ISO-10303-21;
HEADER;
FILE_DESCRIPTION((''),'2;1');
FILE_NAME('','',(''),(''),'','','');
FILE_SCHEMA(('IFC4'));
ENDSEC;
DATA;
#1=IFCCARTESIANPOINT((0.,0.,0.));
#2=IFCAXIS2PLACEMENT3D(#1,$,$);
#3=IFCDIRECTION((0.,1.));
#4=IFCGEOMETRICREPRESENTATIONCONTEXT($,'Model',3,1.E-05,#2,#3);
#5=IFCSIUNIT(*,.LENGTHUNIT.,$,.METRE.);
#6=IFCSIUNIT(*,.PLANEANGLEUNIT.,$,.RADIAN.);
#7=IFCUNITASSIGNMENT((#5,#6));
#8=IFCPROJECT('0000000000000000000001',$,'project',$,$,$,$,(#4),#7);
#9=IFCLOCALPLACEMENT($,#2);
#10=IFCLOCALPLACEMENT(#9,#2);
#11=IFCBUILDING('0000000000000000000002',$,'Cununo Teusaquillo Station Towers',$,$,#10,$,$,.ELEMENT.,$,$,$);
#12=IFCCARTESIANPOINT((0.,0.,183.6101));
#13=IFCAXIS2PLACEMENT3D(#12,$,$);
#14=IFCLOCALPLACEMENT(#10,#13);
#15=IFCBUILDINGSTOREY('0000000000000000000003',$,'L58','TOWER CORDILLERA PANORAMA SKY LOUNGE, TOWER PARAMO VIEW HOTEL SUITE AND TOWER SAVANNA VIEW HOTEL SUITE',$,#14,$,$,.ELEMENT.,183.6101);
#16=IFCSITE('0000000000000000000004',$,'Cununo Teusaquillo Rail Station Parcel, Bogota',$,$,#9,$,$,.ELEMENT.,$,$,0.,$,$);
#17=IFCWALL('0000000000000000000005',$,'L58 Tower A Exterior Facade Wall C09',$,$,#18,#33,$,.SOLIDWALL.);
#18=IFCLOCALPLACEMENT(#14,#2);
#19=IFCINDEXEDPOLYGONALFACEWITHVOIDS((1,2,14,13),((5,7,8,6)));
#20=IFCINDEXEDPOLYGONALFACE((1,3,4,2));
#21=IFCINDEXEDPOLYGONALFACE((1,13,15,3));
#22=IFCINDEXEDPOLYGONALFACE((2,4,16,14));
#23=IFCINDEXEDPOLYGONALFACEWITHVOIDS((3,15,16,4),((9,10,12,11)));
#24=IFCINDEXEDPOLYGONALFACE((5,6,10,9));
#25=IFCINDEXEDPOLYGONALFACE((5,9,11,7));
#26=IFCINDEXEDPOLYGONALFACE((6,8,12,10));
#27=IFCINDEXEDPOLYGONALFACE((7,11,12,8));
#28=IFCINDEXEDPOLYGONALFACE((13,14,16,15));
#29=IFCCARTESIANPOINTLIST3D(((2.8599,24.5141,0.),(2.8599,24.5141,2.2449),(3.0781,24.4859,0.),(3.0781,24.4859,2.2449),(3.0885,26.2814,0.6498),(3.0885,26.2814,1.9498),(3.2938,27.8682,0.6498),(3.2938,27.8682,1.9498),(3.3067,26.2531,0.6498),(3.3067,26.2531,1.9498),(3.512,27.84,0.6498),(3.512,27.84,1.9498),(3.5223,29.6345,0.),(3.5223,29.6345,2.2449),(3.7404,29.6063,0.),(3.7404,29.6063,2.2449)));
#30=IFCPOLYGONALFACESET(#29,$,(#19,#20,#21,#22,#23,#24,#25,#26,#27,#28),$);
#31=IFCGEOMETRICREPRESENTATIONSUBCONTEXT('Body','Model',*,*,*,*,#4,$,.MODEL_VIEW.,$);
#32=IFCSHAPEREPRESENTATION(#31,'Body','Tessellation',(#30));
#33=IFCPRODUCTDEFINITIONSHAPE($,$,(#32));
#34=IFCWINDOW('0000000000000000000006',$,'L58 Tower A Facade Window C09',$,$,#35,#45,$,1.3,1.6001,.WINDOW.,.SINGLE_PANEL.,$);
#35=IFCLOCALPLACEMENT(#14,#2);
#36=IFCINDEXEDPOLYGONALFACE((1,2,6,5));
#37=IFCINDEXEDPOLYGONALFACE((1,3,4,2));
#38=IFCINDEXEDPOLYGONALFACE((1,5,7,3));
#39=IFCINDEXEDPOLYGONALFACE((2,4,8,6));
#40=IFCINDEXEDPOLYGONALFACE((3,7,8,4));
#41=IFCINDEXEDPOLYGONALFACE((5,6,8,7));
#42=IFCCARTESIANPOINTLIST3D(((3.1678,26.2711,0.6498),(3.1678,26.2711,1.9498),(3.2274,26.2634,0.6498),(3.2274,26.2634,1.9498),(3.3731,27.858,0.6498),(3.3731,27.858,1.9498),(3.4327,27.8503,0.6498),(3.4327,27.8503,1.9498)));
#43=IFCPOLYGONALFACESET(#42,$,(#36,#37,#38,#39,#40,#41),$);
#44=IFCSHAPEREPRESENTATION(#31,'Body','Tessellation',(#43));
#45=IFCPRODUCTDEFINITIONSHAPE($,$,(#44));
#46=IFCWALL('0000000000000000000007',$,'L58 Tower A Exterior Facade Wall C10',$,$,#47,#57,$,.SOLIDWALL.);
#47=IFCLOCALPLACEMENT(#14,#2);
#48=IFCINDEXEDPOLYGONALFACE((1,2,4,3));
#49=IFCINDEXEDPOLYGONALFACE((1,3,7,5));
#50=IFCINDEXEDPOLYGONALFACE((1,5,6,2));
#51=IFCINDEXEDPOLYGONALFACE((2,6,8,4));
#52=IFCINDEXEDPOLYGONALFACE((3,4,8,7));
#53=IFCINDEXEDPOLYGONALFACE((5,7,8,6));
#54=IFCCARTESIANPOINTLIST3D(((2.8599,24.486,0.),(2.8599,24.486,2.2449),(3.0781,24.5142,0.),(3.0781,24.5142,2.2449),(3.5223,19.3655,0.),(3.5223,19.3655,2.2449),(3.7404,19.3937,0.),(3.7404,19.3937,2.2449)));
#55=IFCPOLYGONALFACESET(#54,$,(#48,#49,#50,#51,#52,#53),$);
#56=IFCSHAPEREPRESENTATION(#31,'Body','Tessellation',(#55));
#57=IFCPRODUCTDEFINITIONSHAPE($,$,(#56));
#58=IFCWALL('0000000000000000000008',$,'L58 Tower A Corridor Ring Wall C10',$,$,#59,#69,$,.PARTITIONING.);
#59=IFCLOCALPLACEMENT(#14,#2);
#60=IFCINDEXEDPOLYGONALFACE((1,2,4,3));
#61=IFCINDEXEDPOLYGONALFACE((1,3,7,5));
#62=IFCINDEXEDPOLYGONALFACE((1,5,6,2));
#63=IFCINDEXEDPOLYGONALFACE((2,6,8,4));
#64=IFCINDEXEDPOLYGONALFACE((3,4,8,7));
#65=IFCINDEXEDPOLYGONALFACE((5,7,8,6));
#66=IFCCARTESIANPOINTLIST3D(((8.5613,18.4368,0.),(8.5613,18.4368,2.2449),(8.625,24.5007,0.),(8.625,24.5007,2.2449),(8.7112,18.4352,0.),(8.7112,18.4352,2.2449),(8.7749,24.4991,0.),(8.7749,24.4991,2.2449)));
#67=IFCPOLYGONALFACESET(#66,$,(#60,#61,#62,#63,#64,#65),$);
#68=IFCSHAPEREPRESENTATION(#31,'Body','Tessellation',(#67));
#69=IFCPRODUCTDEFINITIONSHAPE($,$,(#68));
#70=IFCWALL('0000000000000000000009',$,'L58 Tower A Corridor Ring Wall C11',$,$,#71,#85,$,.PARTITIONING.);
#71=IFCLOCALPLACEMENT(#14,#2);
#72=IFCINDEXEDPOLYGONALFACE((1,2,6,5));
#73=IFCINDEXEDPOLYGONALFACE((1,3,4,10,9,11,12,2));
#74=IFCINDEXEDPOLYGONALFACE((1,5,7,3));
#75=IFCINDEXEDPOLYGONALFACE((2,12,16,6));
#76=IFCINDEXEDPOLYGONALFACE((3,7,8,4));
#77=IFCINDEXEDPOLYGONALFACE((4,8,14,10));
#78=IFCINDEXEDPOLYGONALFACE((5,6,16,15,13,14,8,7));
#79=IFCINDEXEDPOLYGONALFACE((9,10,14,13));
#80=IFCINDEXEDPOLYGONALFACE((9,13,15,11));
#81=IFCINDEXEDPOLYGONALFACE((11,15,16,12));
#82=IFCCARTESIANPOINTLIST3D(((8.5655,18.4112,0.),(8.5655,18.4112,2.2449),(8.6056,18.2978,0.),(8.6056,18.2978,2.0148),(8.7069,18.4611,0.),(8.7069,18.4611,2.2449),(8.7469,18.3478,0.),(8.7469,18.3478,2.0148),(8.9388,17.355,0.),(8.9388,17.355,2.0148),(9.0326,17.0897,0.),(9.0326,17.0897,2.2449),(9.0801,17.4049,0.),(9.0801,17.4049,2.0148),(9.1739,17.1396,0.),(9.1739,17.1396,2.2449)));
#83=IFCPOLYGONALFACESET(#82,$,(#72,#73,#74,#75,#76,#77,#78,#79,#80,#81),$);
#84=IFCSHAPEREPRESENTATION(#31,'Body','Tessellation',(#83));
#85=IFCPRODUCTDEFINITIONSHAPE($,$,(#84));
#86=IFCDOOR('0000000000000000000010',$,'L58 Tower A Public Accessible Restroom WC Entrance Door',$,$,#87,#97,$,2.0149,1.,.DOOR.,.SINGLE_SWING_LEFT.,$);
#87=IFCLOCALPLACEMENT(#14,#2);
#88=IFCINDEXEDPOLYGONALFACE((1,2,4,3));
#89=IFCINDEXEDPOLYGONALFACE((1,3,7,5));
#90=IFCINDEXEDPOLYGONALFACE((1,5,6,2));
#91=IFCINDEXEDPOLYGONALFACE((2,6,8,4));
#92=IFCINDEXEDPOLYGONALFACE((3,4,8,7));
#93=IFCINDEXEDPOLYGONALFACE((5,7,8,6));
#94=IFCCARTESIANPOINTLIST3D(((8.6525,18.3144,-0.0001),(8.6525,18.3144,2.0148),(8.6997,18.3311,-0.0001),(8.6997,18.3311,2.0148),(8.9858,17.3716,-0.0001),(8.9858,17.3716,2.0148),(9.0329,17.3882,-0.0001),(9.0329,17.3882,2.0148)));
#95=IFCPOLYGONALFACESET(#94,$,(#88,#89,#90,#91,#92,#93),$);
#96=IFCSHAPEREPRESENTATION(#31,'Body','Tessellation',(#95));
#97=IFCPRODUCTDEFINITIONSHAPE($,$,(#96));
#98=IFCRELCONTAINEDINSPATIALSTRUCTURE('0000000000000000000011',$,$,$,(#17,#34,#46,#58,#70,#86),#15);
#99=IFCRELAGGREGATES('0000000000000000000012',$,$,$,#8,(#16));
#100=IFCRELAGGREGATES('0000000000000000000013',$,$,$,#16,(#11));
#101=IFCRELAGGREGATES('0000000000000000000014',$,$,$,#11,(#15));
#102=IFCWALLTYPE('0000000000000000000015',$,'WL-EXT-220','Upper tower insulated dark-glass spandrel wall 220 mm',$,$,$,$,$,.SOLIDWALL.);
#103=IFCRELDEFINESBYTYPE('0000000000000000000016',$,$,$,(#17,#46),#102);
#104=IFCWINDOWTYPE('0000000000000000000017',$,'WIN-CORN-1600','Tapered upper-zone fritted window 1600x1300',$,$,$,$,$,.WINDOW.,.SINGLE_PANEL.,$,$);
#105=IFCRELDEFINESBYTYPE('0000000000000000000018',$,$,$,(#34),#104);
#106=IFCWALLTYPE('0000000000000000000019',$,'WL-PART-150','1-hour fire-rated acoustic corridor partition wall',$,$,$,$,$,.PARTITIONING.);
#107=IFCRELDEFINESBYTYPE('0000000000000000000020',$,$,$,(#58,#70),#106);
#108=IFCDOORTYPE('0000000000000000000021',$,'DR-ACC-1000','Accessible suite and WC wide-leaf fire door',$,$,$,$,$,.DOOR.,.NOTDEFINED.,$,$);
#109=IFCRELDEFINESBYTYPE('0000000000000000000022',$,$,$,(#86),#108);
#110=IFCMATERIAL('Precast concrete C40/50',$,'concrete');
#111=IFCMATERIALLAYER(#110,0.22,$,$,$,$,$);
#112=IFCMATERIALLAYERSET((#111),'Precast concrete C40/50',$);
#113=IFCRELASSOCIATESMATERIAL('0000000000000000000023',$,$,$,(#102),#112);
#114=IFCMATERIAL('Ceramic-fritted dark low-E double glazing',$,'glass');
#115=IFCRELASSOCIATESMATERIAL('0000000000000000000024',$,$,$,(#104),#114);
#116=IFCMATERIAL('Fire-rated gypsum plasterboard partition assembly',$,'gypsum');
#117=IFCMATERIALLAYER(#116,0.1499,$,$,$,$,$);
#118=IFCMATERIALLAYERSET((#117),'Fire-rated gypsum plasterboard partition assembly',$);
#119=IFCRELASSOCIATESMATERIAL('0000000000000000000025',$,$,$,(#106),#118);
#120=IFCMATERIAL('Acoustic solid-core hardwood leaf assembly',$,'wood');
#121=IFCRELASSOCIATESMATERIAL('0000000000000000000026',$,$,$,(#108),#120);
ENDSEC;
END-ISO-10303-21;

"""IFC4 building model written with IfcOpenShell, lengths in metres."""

from ifc_helpers import new_model, si_unit, direction, frame, frame_2d, origin, place, context, subcontext, project, spatial, rectangle, extrude, source, transform, mapped, material, layer, layer_set, type_object, element, fill, save


model = new_model("IFC4")

# Units and contexts
model_context = context("Model", 3, precision=1e-05, world=origin(), true_north=direction((0.0, 1.0)))
body_context = subcontext(model_context, "Body", "Model", "MODEL_VIEW")
ifc_project = project(units=[si_unit("LENGTHUNIT", "METRE"), si_unit("PLANEANGLEUNIT", "RADIAN")], contexts=[model_context])

# Site, building, storey
site_placement = place(None, origin())
site = spatial("IfcSite", under=ifc_project, at=site_placement, Name="Cununo Teusaquillo Rail Station Parcel, Bogota", CompositionType="ELEMENT", RefElevation=0.0)
building_placement = place(site_placement, origin())
building = spatial("IfcBuilding", under=site, at=building_placement, Name="Cununo Teusaquillo Station Towers", CompositionType="ELEMENT")
storey_placement = place(building_placement, frame((0.0, 0.0, 183.6101)))
storey = spatial("IfcBuildingStorey", under=building, at=storey_placement, Name="L58", Description="TOWER CORDILLERA PANORAMA SKY LOUNGE, TOWER PARAMO VIEW HOTEL SUITE AND TOWER SAVANNA VIEW HOTEL SUITE", CompositionType="ELEMENT", Elevation=183.6101)

# Wall, opening, window
ifc_material_1 = material(Name="Precast concrete C40/50", Category="concrete")
ifc_layer_1 = layer(ifc_material_1, 0.22)
ifc_layer_set_1 = layer_set([ifc_layer_1], Name="Precast concrete C40/50")
wall_type_1 = type_object("IfcWallType", Name="WL-EXT-220", Description="Upper tower insulated dark-glass spandrel wall 220 mm", PredefinedType="SOLIDWALL", material=ifc_layer_set_1)
wall_1_placement = place(storey_placement, frame((2.969, 24.5, 0.0), z_axis=(0.0, 0.0, 1.0), x_axis=(0.128288, 0.991737, 0.0)))
wall_1 = element("IfcWall", 1, at=wall_1_placement, inside=storey, type_object=wall_type_1, Name="L58 Tower A Exterior Facade Wall C09", PredefinedType="SOLIDWALL", context=body_context, shape_type="SweptSolid", body=[
    extrude(rectangle(XDim=5.1631, YDim=0.22, at=frame_2d((2.5815, 0.0))), origin(), (0.0, 0.0, 1.0), 2.2449),
])
shared_shape_1 = source(origin(), body_context, "Body", "SweptSolid", [
    extrude(rectangle(XDim=1.6001, YDim=1.3, at=frame_2d((0.8, 0.6499))), frame((0.0, 0.1199, 0.0), z_axis=(0.0, -1.0, 0.0), x_axis=(1.0, 0.0, 0.0)), (0.0, 0.0, 1.0), 0.24),
])
opening_1_placement = place(wall_1_placement, frame((1.782, 0.0, 0.6499)))
opening_1 = element("IfcOpeningElement", 2, at=opening_1_placement, cuts=wall_1, PredefinedType="OPENING", context=body_context, shape_type="MappedRepresentation", body=[
    mapped(shared_shape_1, transform((0.0, 0.0, 0.0), x_axis=(1.0, 0.0, 0.0), y_axis=(0.0, 1.0, 0.0), z_axis=(0.0, 0.0, 1.0), scale=1.0)),
])
ifc_material_2 = material(Name="Ceramic-fritted dark low-E double glazing", Category="glass")
window_type = type_object("IfcWindowType", Name="WIN-CORN-1600", Description="Tapered upper-zone fritted window 1600x1300", PartitioningType="SINGLE_PANEL", PredefinedType="WINDOW", material=ifc_material_2)
shared_shape_2 = source(origin(), body_context, "Body", "SweptSolid", [
    extrude(rectangle(XDim=1.6001, YDim=1.3, at=frame_2d((0.8, 0.6499))), frame((0.0, 0.03, 0.0), z_axis=(0.0, -1.0, 0.0), x_axis=(1.0, 0.0, 0.0)), (0.0, 0.0, 1.0), 0.0601),
])
window_placement = place(opening_1_placement, origin())
window = element("IfcWindow", 3, at=window_placement, inside=storey, type_object=window_type, Name="L58 Tower A Facade Window C09", OverallHeight=1.3, OverallWidth=1.6001, PartitioningType="SINGLE_PANEL", PredefinedType="WINDOW", context=body_context, shape_type="MappedRepresentation", body=[
    mapped(shared_shape_2, transform((0.0, 0.0, 0.0), x_axis=(1.0, 0.0, 0.0), y_axis=(0.0, 1.0, 0.0), z_axis=(0.0, 0.0, 1.0), scale=1.0)),
])
fill(opening_1, window)

# Walls
wall_2_placement = place(storey_placement, frame((3.6313, 19.3796, 0.0), z_axis=(0.0, 0.0, 1.0), x_axis=(-0.128288, 0.991737, 0.0)))
element("IfcWall", 4, at=wall_2_placement, inside=storey, type_object=wall_type_1, Name="L58 Tower A Exterior Facade Wall C10", PredefinedType="SOLIDWALL", context=body_context, shape_type="SweptSolid", body=[
    extrude(rectangle(XDim=5.1631, YDim=0.22, at=frame_2d((2.5815, 0.0))), origin(), (0.0, 0.0, 1.0), 2.2449),
])
ifc_material_3 = material(Name="Fire-rated gypsum plasterboard partition assembly", Category="gypsum")
ifc_layer_2 = layer(ifc_material_3, 0.1499)
ifc_layer_set_2 = layer_set([ifc_layer_2], Name="Fire-rated gypsum plasterboard partition assembly")
wall_type_2 = type_object("IfcWallType", Name="WL-PART-150", Description="1-hour fire-rated acoustic corridor partition wall", PredefinedType="PARTITIONING", material=ifc_layer_set_2)
wall_3_placement = place(storey_placement, frame((8.7, 24.5, 0.0), z_axis=(0.0, 0.0, 1.0), x_axis=(-0.010508, -0.999945, 0.0)))
element("IfcWall", 5, at=wall_3_placement, inside=storey, type_object=wall_type_2, Name="L58 Tower A Corridor Ring Wall C10", PredefinedType="PARTITIONING", context=body_context, shape_type="SweptSolid", body=[
    extrude(rectangle(XDim=6.0642, YDim=0.1499, at=frame_2d((3.0322, 0.0))), origin(), (0.0, 0.0, 1.0), 2.2449),
])

# Wall, opening, door
wall_4_placement = place(storey_placement, frame((8.6362, 18.436, 0.0), z_axis=(0.0, 0.0, 1.0), x_axis=(0.333212, -0.942852, 0.0)))
wall_4 = element("IfcWall", 6, at=wall_4_placement, inside=storey, type_object=wall_type_2, Name="L58 Tower A Corridor Ring Wall C11", PredefinedType="PARTITIONING", context=body_context, shape_type="SweptSolid", body=[
    extrude(rectangle(XDim=1.4016, YDim=0.1499, at=frame_2d((0.7007, 0.0))), origin(), (0.0, 0.0, 1.0), 2.2449),
])
shared_shape_3 = source(origin(), body_context, "Body", "SweptSolid", [
    extrude(rectangle(XDim=1.0, YDim=2.0149, at=frame_2d((0.5, 1.0073))), frame((0.0, 0.085, 0.0), z_axis=(0.0, -1.0, 0.0), x_axis=(1.0, 0.0, 0.0)), (0.0, 0.0, 1.0), 0.1699),
])
opening_2_placement = place(wall_4_placement, frame((0.1201, 0.0, 0.0)))
opening_2 = element("IfcOpeningElement", 7, at=opening_2_placement, cuts=wall_4, PredefinedType="OPENING", context=body_context, shape_type="MappedRepresentation", body=[
    mapped(shared_shape_3, transform((0.0, 0.0, 0.0), x_axis=(1.0, 0.0, 0.0), y_axis=(0.0, 1.0, 0.0), z_axis=(0.0, 0.0, 1.0), scale=1.0)),
])
ifc_material_4 = material(Name="Acoustic solid-core hardwood leaf assembly", Category="wood")
door_type_1 = type_object("IfcDoorType", Name="DR-ACC-1000", Description="Accessible suite and WC wide-leaf fire door", OperationType="NOTDEFINED", PredefinedType="DOOR", material=ifc_material_4)
shared_shape_4 = source(origin(), body_context, "Body", "SweptSolid", [
    extrude(rectangle(XDim=1.0, YDim=2.0149, at=frame_2d((0.5, 1.0073))), frame((0.0, 0.0249, 0.0), z_axis=(0.0, -1.0, 0.0), x_axis=(1.0, 0.0, 0.0)), (0.0, 0.0, 1.0), 0.05),
])
door_1_placement = place(opening_2_placement, origin())
door_1 = element("IfcDoor", 8, at=door_1_placement, inside=storey, type_object=door_type_1, Name="L58 Tower A Public Accessible Restroom WC Entrance Door", OperationType="SINGLE_SWING_LEFT", OverallHeight=2.0149, OverallWidth=1.0, PredefinedType="DOOR", context=body_context, shape_type="MappedRepresentation", body=[
    mapped(shared_shape_4, transform((0.0, 0.0, 0.0), x_axis=(1.0, 0.0, 0.0), y_axis=(0.0, 1.0, 0.0), z_axis=(0.0, 0.0, 1.0), scale=1.0)),
])
fill(opening_2, door_1)

save(model, "model.ifc")
